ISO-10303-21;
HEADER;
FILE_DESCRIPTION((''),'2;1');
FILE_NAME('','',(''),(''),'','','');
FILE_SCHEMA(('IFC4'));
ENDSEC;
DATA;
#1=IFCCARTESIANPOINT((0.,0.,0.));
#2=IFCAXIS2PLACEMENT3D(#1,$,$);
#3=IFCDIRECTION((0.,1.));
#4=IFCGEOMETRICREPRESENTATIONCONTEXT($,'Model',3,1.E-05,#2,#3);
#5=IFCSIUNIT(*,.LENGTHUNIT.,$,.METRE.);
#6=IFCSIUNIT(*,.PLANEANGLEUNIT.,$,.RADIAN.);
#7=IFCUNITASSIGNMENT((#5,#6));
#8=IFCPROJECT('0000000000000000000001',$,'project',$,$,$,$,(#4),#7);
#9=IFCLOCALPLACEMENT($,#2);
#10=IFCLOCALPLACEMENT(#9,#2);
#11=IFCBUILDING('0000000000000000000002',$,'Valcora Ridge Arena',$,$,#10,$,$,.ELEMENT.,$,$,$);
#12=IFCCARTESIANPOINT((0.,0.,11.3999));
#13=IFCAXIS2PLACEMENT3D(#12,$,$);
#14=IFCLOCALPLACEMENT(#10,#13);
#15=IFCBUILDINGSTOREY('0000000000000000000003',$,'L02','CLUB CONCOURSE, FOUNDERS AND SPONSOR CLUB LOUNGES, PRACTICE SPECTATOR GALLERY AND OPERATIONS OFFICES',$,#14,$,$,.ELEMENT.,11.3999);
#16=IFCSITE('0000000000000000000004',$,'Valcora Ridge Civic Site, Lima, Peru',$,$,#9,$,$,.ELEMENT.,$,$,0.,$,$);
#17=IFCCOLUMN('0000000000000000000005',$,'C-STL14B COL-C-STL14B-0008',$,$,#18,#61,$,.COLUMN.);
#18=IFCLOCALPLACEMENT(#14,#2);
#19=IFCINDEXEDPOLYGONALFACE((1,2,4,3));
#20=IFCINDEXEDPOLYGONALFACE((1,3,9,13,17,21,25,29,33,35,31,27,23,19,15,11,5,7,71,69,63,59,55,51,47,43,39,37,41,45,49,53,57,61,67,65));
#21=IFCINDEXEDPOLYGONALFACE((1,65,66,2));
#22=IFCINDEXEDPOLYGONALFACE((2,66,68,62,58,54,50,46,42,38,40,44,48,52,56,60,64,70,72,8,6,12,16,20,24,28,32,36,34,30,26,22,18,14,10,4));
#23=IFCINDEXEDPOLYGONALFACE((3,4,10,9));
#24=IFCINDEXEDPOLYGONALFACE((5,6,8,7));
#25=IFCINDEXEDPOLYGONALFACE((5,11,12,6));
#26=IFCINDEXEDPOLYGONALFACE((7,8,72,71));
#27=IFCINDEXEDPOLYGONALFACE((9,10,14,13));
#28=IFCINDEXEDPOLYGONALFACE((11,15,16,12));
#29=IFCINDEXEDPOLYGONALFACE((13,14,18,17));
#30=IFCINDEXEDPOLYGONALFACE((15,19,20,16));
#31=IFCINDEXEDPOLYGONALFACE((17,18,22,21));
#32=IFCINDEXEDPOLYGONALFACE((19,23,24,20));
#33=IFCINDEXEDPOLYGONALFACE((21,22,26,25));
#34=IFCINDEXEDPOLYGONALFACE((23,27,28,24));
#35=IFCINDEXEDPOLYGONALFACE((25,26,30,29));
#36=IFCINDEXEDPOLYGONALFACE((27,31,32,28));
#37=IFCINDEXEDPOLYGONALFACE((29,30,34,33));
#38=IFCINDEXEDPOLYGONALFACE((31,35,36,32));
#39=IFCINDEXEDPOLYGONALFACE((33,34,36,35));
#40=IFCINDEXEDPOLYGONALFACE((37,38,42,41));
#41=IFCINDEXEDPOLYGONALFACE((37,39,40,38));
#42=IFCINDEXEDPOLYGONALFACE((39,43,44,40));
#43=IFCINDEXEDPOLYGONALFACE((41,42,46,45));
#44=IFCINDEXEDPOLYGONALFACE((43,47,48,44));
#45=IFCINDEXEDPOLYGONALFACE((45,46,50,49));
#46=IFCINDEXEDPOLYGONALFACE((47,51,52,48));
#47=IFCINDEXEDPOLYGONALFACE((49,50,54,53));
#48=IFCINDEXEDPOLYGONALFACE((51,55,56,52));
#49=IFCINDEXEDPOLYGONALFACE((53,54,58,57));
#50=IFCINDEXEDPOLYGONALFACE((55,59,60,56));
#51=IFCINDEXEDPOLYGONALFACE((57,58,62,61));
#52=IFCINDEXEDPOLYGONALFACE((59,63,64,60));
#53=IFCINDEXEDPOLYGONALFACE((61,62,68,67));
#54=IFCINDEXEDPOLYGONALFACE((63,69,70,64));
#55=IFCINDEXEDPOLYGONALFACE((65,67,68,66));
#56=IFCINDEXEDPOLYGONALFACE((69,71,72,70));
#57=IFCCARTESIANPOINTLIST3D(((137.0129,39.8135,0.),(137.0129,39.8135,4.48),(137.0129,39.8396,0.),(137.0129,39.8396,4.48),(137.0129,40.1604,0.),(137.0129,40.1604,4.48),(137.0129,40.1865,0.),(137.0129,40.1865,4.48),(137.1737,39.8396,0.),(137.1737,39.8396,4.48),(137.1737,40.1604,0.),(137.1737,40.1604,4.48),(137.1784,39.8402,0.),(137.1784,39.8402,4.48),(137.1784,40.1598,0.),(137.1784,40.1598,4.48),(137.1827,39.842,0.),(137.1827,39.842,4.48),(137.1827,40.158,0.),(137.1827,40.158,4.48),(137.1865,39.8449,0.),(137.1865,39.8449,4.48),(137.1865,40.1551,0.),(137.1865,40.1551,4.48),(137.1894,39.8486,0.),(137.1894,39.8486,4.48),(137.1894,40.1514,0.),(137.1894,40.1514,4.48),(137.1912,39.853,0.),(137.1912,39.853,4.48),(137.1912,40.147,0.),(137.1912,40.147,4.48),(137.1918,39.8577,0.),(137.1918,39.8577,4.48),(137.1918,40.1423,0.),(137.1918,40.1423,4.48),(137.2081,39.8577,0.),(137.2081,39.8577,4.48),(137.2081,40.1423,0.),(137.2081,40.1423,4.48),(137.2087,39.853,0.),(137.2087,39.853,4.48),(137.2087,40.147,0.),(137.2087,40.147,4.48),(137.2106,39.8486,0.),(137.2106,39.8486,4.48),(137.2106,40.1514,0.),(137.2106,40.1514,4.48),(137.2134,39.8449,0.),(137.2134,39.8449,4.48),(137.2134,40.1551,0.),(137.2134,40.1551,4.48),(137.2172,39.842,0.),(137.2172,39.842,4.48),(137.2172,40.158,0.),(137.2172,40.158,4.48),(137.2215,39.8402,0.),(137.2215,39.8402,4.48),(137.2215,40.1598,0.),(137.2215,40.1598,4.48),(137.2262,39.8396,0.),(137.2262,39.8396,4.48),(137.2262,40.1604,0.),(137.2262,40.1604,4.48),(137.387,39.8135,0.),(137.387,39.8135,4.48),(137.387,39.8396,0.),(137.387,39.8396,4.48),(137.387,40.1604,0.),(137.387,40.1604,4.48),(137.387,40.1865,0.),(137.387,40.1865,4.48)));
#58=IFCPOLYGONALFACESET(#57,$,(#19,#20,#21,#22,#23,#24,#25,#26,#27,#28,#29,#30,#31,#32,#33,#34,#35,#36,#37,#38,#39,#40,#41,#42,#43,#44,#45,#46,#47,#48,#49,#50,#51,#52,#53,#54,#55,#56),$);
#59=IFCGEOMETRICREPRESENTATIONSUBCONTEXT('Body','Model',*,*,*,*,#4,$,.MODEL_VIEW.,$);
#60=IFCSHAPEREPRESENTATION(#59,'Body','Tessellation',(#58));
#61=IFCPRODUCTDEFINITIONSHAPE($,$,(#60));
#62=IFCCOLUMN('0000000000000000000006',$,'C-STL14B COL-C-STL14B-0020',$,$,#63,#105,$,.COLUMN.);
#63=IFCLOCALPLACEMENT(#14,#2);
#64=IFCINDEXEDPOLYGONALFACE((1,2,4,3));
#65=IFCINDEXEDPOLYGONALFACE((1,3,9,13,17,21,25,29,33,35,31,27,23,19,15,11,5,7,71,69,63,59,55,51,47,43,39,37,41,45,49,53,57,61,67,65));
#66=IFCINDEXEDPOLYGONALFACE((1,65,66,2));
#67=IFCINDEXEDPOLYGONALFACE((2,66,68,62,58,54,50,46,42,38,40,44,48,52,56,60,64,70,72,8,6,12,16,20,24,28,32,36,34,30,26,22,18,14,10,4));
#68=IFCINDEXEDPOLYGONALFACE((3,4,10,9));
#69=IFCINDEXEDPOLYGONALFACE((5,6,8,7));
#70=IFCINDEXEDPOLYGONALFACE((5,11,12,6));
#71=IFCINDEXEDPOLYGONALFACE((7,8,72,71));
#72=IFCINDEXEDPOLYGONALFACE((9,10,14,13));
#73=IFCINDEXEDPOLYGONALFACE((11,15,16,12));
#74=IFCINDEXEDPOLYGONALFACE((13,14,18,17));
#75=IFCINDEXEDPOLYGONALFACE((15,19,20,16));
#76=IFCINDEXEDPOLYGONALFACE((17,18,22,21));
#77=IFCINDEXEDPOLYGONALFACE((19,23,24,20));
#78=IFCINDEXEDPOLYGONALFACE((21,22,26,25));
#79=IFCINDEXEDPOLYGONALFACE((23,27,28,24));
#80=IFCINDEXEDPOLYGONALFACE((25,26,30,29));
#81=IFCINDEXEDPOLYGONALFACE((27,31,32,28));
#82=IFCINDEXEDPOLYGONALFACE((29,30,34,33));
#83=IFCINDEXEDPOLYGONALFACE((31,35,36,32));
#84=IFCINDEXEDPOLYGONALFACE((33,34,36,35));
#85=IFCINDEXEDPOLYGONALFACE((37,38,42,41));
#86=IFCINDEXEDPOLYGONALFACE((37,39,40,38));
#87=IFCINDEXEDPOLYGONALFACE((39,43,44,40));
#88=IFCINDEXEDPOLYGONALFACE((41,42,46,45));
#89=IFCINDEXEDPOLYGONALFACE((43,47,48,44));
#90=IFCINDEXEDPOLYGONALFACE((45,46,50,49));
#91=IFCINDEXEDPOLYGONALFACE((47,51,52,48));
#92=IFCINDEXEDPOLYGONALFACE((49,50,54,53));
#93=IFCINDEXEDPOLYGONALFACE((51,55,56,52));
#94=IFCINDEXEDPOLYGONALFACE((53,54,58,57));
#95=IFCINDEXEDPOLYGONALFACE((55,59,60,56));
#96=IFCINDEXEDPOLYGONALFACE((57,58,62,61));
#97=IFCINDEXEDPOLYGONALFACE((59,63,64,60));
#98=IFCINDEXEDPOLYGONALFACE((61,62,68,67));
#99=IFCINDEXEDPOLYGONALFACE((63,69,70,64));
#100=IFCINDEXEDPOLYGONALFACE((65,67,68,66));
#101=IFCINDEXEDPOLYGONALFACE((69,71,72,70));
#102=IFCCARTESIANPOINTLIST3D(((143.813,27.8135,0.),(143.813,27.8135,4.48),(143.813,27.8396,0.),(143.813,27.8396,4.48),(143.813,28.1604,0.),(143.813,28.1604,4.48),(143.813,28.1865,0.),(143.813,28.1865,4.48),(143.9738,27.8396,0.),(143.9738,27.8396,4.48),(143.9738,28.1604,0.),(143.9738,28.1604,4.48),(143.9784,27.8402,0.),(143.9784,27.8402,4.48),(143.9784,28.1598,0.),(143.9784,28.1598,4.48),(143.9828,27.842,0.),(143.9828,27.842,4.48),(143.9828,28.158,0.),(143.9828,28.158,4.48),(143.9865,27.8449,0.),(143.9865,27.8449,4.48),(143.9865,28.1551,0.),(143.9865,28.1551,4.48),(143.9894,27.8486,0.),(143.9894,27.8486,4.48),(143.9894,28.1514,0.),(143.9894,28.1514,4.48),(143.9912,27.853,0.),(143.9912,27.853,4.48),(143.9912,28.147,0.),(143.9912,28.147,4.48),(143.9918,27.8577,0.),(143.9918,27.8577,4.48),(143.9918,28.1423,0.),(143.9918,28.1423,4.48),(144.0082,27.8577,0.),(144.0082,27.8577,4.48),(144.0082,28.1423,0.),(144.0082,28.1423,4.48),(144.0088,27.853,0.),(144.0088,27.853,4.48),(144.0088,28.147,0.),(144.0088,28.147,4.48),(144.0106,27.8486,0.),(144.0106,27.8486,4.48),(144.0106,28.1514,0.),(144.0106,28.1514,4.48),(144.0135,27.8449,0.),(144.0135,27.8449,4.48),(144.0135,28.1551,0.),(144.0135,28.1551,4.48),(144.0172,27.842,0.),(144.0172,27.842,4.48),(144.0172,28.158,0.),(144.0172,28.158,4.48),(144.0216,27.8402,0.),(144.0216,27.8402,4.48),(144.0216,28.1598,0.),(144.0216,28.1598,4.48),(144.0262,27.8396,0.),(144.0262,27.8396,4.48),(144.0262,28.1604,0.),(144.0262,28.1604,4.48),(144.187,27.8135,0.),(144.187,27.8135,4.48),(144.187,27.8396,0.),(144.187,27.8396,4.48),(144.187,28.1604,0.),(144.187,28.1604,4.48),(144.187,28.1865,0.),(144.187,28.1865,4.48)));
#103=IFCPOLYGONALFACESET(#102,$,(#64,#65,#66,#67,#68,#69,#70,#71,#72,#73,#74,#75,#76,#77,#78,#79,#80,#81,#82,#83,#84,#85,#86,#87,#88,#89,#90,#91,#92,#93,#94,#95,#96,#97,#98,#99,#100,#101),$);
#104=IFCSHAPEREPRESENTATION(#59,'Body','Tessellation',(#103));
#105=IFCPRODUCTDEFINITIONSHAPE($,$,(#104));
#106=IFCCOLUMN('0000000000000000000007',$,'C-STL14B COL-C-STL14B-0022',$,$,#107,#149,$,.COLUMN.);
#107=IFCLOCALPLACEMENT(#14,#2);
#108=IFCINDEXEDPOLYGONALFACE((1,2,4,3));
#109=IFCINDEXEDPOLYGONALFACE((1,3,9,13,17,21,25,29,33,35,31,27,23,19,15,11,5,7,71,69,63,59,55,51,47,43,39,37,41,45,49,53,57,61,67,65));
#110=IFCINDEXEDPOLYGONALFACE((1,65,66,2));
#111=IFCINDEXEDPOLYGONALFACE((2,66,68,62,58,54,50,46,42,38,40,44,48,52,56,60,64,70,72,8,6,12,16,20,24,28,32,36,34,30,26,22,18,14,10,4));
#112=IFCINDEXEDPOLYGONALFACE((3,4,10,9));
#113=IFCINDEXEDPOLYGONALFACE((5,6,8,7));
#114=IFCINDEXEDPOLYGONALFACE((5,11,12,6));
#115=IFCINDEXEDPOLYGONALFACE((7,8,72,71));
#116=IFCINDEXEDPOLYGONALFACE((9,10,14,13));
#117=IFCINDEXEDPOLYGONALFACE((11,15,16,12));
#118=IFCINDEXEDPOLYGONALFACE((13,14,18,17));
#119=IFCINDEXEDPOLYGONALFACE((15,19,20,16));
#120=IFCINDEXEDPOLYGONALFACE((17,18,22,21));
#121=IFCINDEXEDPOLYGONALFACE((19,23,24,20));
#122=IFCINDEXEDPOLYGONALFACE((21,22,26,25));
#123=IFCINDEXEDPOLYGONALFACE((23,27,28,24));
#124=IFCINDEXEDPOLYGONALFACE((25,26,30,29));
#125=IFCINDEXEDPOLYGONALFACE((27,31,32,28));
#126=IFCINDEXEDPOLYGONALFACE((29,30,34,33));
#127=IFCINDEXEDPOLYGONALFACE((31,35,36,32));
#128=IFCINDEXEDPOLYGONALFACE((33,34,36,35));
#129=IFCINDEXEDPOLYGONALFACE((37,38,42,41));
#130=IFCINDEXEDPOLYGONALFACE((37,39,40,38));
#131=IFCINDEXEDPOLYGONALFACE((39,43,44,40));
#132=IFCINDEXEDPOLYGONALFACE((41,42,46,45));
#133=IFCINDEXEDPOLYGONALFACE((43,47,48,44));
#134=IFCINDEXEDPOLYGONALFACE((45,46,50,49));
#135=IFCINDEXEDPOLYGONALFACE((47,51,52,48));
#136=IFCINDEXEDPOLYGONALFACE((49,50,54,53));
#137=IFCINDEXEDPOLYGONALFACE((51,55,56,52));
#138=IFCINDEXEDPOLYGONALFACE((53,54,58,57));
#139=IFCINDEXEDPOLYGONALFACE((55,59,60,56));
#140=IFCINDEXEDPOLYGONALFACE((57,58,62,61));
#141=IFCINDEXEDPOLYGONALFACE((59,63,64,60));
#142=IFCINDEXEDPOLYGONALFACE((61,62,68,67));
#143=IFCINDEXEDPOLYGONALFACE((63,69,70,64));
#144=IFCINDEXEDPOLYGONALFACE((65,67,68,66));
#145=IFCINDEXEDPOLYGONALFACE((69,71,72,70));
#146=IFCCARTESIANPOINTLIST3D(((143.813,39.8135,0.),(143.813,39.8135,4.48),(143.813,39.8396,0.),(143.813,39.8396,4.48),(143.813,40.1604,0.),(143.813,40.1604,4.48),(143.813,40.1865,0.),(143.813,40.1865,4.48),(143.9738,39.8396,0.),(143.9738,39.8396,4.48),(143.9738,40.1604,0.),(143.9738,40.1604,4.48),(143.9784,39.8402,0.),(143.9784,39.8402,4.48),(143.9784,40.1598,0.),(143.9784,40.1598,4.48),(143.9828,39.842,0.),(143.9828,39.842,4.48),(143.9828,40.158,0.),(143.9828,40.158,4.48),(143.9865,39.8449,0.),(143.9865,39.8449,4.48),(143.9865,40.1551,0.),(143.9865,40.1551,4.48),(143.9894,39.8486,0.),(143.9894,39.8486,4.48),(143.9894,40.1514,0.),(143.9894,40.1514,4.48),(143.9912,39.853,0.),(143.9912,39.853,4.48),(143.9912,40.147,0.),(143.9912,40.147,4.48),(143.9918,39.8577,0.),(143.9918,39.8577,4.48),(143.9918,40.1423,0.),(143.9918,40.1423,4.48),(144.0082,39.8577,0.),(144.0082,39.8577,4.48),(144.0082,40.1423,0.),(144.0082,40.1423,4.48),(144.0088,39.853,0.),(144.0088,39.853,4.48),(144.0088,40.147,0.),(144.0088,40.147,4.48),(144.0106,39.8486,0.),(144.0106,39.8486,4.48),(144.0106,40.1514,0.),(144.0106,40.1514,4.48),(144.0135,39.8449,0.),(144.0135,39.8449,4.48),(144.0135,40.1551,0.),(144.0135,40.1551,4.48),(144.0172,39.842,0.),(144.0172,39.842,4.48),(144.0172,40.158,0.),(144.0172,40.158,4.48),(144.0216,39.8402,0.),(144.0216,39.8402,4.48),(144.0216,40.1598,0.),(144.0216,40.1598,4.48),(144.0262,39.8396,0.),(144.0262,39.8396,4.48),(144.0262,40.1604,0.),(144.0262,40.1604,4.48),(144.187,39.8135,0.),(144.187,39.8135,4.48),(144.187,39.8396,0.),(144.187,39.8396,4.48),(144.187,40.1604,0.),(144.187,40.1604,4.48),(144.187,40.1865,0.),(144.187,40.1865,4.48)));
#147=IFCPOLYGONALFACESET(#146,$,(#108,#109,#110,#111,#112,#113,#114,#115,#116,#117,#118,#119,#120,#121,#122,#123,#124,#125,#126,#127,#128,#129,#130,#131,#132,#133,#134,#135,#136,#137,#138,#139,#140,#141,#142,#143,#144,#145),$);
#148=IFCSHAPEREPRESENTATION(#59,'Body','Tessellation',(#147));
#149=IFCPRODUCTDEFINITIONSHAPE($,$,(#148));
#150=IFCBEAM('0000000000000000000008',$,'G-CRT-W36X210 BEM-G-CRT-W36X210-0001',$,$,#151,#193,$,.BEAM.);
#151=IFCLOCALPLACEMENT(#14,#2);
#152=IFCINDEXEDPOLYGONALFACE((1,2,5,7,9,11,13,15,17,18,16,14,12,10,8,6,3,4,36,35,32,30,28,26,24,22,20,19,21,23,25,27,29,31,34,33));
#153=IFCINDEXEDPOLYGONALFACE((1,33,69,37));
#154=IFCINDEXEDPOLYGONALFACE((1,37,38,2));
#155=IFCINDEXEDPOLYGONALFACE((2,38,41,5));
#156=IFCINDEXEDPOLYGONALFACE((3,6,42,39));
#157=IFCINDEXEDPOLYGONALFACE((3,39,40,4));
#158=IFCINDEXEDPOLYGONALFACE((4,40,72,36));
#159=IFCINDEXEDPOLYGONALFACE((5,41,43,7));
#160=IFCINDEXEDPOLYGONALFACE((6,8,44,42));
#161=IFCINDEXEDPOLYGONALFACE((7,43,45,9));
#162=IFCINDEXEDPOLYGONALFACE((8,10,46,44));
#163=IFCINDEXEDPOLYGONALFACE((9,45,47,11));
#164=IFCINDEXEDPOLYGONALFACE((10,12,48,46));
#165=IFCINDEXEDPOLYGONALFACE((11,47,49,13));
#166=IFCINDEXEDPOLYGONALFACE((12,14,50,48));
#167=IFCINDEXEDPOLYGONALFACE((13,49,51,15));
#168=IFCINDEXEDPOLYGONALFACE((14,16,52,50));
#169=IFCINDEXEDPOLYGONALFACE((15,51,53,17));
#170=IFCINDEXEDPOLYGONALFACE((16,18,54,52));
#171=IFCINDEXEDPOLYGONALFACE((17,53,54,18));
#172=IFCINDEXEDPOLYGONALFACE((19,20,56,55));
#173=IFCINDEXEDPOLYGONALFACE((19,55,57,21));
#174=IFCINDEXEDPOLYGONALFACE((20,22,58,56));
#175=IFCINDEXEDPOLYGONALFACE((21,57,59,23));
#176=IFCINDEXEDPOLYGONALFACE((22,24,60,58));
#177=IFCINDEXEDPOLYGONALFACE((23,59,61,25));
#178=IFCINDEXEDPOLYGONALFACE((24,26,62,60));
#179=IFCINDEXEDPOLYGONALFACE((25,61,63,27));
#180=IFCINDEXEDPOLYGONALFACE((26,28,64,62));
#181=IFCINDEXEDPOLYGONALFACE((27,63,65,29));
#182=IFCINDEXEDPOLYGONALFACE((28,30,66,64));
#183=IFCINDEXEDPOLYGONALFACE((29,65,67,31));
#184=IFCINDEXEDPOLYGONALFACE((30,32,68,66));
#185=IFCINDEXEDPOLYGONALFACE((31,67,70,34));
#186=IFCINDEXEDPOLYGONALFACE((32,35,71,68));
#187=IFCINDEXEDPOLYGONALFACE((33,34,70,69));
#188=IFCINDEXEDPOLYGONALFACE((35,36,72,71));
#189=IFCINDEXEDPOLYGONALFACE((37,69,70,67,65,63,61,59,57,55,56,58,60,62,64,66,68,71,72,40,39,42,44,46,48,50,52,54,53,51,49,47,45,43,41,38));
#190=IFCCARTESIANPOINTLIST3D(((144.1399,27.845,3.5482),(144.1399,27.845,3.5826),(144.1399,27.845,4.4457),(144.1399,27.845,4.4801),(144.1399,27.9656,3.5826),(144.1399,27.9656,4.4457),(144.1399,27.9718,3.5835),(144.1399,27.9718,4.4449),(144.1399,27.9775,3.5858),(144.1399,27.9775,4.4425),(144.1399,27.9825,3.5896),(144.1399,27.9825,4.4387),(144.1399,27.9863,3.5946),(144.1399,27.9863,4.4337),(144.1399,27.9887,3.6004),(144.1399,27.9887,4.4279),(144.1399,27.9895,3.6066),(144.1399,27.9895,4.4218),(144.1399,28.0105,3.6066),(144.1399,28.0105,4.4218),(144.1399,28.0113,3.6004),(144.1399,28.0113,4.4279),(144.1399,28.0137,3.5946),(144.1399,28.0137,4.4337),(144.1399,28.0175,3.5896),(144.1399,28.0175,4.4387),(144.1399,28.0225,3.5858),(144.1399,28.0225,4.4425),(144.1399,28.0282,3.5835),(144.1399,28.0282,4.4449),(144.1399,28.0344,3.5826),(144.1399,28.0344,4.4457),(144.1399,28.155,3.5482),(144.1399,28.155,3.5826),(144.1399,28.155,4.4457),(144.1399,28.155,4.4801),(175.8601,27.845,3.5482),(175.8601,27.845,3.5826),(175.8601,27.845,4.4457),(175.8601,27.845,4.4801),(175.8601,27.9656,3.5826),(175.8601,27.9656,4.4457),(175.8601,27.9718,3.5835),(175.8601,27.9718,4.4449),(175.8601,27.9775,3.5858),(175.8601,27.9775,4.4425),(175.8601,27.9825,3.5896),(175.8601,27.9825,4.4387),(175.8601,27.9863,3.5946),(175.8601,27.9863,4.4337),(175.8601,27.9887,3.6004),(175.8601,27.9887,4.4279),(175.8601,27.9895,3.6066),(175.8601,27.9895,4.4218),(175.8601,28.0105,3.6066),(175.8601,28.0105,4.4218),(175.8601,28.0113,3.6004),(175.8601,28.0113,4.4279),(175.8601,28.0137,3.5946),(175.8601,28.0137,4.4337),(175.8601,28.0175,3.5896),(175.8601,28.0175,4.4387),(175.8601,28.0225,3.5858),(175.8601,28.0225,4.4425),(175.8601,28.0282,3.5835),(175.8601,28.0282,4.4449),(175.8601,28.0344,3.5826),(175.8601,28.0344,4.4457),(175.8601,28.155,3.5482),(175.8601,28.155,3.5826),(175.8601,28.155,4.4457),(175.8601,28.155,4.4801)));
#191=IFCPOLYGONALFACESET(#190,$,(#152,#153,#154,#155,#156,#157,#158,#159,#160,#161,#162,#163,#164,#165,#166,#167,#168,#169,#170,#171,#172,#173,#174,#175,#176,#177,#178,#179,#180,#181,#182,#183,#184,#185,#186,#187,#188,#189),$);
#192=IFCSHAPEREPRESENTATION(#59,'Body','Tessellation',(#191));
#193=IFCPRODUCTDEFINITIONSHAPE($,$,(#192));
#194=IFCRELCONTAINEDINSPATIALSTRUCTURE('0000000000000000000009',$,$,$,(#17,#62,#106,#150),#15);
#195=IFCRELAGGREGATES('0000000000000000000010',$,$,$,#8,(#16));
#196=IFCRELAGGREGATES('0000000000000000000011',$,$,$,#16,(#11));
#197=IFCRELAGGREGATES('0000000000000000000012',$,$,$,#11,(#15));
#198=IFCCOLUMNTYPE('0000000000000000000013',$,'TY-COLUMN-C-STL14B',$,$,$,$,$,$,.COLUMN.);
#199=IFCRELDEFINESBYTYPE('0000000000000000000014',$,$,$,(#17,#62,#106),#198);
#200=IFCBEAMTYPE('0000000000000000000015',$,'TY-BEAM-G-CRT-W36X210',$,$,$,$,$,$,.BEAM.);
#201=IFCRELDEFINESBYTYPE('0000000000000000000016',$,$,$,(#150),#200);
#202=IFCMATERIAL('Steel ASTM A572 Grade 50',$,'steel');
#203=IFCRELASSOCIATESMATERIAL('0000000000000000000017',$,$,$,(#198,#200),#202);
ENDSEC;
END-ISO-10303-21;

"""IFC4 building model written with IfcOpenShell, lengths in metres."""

from ifc_helpers import new_model, si_unit, direction, frame, origin, origin_2d, place, context, subcontext, project, spatial, i_section, extrude, material, material_profile, profile_set, type_object, element, save


model = new_model("IFC4")

# Units and contexts
model_context = context("Model", 3, precision=1e-05, world=origin(), true_north=direction((0.0, 1.0)))
body_context = subcontext(model_context, "Body", "Model", "MODEL_VIEW")
ifc_project = project(units=[si_unit("LENGTHUNIT", "METRE"), si_unit("PLANEANGLEUNIT", "RADIAN")], contexts=[model_context])

# Site, building, storey
site_placement = place(None, origin())
site = spatial("IfcSite", under=ifc_project, at=site_placement, Name="Valcora Ridge Civic Site, Lima, Peru", CompositionType="ELEMENT", RefElevation=0.0)
building_placement = place(site_placement, origin())
building = spatial("IfcBuilding", under=site, at=building_placement, Name="Valcora Ridge Arena", CompositionType="ELEMENT")
storey_placement = place(building_placement, frame((0.0, 0.0, 11.3999)))
storey = spatial("IfcBuildingStorey", under=building, at=storey_placement, Name="L02", Description="CLUB CONCOURSE, FOUNDERS AND SPONSOR CLUB LOUNGES, PRACTICE SPECTATOR GALLERY AND OPERATIONS OFFICES", CompositionType="ELEMENT", Elevation=11.3999)

# Columns
ifc_material_1 = material(Name="Steel ASTM A572 Grade 50", Category="steel")
ifc_material_profile_1 = material_profile(ifc_material_1, i_section(OverallWidth=0.374, OverallDepth=0.373, WebThickness=0.0164, FlangeThickness=0.0261, FilletRadius=0.0181, at=origin_2d()), Name="W14X132")
ifc_profile_set_1 = profile_set([ifc_material_profile_1], Name="Steel ASTM A572 Grade 50")
column_type = type_object("IfcColumnType", Name="TY-COLUMN-C-STL14B", PredefinedType="COLUMN", material=ifc_profile_set_1)
for number, where, z_axis, x_axis, name in (
    (1, (137.2, 40.0, 0.0), (0.0, 0.0, 1.0), (1.0, 0.0, 0.0), "C-STL14B COL-C-STL14B-0008"),
    (2, (144.0, 28.0, 0.0), (0.0, 0.0, 1.0), (1.0, 0.0, 0.0), "C-STL14B COL-C-STL14B-0020"),
    (3, (144.0, 40.0, 0.0), (0.0, 0.0, 1.0), (1.0, 0.0, 0.0), "C-STL14B COL-C-STL14B-0022"),
):
    element("IfcColumn", number, at=place(storey_placement, frame(where, z_axis=z_axis, x_axis=x_axis)), inside=storey, type_object=column_type, Name=name, PredefinedType="COLUMN", context=body_context, shape_type="SweptSolid", body=[
        extrude(i_section(OverallWidth=0.374, OverallDepth=0.373, WebThickness=0.0164, FlangeThickness=0.0261, FilletRadius=0.0181, at=origin_2d()), origin(), (0.0, 0.0, 1.0), 4.48),
    ])

# Beam
ifc_material_profile_2 = material_profile(ifc_material_1, i_section(OverallWidth=0.3101, OverallDepth=0.9319, WebThickness=0.021, FlangeThickness=0.0344, FilletRadius=0.0239, at=origin_2d()), Name="W36X210")
ifc_profile_set_2 = profile_set([ifc_material_profile_2], Name="Steel ASTM A572 Grade 50")
beam_type_1 = type_object("IfcBeamType", Name="TY-BEAM-G-CRT-W36X210", PredefinedType="BEAM", material=ifc_profile_set_2)
for number, where, z_axis, x_axis, name in (
    (4, (144.1399, 28.0, 4.0142), (1.0, 0.0, 0.0), (0.0, 1.0, 0.0), "G-CRT-W36X210 BEM-G-CRT-W36X210-0001"),
):
    element("IfcBeam", number, at=place(storey_placement, frame(where, z_axis=z_axis, x_axis=x_axis)), inside=storey, type_object=beam_type_1, Name=name, PredefinedType="BEAM", context=body_context, shape_type="SweptSolid", body=[
        extrude(i_section(OverallWidth=0.3101, OverallDepth=0.9319, WebThickness=0.021, FlangeThickness=0.0344, FilletRadius=0.0239, at=origin_2d()), origin(), (0.0, 0.0, 1.0), 31.7202),
    ])

save(model, "model.ifc")
